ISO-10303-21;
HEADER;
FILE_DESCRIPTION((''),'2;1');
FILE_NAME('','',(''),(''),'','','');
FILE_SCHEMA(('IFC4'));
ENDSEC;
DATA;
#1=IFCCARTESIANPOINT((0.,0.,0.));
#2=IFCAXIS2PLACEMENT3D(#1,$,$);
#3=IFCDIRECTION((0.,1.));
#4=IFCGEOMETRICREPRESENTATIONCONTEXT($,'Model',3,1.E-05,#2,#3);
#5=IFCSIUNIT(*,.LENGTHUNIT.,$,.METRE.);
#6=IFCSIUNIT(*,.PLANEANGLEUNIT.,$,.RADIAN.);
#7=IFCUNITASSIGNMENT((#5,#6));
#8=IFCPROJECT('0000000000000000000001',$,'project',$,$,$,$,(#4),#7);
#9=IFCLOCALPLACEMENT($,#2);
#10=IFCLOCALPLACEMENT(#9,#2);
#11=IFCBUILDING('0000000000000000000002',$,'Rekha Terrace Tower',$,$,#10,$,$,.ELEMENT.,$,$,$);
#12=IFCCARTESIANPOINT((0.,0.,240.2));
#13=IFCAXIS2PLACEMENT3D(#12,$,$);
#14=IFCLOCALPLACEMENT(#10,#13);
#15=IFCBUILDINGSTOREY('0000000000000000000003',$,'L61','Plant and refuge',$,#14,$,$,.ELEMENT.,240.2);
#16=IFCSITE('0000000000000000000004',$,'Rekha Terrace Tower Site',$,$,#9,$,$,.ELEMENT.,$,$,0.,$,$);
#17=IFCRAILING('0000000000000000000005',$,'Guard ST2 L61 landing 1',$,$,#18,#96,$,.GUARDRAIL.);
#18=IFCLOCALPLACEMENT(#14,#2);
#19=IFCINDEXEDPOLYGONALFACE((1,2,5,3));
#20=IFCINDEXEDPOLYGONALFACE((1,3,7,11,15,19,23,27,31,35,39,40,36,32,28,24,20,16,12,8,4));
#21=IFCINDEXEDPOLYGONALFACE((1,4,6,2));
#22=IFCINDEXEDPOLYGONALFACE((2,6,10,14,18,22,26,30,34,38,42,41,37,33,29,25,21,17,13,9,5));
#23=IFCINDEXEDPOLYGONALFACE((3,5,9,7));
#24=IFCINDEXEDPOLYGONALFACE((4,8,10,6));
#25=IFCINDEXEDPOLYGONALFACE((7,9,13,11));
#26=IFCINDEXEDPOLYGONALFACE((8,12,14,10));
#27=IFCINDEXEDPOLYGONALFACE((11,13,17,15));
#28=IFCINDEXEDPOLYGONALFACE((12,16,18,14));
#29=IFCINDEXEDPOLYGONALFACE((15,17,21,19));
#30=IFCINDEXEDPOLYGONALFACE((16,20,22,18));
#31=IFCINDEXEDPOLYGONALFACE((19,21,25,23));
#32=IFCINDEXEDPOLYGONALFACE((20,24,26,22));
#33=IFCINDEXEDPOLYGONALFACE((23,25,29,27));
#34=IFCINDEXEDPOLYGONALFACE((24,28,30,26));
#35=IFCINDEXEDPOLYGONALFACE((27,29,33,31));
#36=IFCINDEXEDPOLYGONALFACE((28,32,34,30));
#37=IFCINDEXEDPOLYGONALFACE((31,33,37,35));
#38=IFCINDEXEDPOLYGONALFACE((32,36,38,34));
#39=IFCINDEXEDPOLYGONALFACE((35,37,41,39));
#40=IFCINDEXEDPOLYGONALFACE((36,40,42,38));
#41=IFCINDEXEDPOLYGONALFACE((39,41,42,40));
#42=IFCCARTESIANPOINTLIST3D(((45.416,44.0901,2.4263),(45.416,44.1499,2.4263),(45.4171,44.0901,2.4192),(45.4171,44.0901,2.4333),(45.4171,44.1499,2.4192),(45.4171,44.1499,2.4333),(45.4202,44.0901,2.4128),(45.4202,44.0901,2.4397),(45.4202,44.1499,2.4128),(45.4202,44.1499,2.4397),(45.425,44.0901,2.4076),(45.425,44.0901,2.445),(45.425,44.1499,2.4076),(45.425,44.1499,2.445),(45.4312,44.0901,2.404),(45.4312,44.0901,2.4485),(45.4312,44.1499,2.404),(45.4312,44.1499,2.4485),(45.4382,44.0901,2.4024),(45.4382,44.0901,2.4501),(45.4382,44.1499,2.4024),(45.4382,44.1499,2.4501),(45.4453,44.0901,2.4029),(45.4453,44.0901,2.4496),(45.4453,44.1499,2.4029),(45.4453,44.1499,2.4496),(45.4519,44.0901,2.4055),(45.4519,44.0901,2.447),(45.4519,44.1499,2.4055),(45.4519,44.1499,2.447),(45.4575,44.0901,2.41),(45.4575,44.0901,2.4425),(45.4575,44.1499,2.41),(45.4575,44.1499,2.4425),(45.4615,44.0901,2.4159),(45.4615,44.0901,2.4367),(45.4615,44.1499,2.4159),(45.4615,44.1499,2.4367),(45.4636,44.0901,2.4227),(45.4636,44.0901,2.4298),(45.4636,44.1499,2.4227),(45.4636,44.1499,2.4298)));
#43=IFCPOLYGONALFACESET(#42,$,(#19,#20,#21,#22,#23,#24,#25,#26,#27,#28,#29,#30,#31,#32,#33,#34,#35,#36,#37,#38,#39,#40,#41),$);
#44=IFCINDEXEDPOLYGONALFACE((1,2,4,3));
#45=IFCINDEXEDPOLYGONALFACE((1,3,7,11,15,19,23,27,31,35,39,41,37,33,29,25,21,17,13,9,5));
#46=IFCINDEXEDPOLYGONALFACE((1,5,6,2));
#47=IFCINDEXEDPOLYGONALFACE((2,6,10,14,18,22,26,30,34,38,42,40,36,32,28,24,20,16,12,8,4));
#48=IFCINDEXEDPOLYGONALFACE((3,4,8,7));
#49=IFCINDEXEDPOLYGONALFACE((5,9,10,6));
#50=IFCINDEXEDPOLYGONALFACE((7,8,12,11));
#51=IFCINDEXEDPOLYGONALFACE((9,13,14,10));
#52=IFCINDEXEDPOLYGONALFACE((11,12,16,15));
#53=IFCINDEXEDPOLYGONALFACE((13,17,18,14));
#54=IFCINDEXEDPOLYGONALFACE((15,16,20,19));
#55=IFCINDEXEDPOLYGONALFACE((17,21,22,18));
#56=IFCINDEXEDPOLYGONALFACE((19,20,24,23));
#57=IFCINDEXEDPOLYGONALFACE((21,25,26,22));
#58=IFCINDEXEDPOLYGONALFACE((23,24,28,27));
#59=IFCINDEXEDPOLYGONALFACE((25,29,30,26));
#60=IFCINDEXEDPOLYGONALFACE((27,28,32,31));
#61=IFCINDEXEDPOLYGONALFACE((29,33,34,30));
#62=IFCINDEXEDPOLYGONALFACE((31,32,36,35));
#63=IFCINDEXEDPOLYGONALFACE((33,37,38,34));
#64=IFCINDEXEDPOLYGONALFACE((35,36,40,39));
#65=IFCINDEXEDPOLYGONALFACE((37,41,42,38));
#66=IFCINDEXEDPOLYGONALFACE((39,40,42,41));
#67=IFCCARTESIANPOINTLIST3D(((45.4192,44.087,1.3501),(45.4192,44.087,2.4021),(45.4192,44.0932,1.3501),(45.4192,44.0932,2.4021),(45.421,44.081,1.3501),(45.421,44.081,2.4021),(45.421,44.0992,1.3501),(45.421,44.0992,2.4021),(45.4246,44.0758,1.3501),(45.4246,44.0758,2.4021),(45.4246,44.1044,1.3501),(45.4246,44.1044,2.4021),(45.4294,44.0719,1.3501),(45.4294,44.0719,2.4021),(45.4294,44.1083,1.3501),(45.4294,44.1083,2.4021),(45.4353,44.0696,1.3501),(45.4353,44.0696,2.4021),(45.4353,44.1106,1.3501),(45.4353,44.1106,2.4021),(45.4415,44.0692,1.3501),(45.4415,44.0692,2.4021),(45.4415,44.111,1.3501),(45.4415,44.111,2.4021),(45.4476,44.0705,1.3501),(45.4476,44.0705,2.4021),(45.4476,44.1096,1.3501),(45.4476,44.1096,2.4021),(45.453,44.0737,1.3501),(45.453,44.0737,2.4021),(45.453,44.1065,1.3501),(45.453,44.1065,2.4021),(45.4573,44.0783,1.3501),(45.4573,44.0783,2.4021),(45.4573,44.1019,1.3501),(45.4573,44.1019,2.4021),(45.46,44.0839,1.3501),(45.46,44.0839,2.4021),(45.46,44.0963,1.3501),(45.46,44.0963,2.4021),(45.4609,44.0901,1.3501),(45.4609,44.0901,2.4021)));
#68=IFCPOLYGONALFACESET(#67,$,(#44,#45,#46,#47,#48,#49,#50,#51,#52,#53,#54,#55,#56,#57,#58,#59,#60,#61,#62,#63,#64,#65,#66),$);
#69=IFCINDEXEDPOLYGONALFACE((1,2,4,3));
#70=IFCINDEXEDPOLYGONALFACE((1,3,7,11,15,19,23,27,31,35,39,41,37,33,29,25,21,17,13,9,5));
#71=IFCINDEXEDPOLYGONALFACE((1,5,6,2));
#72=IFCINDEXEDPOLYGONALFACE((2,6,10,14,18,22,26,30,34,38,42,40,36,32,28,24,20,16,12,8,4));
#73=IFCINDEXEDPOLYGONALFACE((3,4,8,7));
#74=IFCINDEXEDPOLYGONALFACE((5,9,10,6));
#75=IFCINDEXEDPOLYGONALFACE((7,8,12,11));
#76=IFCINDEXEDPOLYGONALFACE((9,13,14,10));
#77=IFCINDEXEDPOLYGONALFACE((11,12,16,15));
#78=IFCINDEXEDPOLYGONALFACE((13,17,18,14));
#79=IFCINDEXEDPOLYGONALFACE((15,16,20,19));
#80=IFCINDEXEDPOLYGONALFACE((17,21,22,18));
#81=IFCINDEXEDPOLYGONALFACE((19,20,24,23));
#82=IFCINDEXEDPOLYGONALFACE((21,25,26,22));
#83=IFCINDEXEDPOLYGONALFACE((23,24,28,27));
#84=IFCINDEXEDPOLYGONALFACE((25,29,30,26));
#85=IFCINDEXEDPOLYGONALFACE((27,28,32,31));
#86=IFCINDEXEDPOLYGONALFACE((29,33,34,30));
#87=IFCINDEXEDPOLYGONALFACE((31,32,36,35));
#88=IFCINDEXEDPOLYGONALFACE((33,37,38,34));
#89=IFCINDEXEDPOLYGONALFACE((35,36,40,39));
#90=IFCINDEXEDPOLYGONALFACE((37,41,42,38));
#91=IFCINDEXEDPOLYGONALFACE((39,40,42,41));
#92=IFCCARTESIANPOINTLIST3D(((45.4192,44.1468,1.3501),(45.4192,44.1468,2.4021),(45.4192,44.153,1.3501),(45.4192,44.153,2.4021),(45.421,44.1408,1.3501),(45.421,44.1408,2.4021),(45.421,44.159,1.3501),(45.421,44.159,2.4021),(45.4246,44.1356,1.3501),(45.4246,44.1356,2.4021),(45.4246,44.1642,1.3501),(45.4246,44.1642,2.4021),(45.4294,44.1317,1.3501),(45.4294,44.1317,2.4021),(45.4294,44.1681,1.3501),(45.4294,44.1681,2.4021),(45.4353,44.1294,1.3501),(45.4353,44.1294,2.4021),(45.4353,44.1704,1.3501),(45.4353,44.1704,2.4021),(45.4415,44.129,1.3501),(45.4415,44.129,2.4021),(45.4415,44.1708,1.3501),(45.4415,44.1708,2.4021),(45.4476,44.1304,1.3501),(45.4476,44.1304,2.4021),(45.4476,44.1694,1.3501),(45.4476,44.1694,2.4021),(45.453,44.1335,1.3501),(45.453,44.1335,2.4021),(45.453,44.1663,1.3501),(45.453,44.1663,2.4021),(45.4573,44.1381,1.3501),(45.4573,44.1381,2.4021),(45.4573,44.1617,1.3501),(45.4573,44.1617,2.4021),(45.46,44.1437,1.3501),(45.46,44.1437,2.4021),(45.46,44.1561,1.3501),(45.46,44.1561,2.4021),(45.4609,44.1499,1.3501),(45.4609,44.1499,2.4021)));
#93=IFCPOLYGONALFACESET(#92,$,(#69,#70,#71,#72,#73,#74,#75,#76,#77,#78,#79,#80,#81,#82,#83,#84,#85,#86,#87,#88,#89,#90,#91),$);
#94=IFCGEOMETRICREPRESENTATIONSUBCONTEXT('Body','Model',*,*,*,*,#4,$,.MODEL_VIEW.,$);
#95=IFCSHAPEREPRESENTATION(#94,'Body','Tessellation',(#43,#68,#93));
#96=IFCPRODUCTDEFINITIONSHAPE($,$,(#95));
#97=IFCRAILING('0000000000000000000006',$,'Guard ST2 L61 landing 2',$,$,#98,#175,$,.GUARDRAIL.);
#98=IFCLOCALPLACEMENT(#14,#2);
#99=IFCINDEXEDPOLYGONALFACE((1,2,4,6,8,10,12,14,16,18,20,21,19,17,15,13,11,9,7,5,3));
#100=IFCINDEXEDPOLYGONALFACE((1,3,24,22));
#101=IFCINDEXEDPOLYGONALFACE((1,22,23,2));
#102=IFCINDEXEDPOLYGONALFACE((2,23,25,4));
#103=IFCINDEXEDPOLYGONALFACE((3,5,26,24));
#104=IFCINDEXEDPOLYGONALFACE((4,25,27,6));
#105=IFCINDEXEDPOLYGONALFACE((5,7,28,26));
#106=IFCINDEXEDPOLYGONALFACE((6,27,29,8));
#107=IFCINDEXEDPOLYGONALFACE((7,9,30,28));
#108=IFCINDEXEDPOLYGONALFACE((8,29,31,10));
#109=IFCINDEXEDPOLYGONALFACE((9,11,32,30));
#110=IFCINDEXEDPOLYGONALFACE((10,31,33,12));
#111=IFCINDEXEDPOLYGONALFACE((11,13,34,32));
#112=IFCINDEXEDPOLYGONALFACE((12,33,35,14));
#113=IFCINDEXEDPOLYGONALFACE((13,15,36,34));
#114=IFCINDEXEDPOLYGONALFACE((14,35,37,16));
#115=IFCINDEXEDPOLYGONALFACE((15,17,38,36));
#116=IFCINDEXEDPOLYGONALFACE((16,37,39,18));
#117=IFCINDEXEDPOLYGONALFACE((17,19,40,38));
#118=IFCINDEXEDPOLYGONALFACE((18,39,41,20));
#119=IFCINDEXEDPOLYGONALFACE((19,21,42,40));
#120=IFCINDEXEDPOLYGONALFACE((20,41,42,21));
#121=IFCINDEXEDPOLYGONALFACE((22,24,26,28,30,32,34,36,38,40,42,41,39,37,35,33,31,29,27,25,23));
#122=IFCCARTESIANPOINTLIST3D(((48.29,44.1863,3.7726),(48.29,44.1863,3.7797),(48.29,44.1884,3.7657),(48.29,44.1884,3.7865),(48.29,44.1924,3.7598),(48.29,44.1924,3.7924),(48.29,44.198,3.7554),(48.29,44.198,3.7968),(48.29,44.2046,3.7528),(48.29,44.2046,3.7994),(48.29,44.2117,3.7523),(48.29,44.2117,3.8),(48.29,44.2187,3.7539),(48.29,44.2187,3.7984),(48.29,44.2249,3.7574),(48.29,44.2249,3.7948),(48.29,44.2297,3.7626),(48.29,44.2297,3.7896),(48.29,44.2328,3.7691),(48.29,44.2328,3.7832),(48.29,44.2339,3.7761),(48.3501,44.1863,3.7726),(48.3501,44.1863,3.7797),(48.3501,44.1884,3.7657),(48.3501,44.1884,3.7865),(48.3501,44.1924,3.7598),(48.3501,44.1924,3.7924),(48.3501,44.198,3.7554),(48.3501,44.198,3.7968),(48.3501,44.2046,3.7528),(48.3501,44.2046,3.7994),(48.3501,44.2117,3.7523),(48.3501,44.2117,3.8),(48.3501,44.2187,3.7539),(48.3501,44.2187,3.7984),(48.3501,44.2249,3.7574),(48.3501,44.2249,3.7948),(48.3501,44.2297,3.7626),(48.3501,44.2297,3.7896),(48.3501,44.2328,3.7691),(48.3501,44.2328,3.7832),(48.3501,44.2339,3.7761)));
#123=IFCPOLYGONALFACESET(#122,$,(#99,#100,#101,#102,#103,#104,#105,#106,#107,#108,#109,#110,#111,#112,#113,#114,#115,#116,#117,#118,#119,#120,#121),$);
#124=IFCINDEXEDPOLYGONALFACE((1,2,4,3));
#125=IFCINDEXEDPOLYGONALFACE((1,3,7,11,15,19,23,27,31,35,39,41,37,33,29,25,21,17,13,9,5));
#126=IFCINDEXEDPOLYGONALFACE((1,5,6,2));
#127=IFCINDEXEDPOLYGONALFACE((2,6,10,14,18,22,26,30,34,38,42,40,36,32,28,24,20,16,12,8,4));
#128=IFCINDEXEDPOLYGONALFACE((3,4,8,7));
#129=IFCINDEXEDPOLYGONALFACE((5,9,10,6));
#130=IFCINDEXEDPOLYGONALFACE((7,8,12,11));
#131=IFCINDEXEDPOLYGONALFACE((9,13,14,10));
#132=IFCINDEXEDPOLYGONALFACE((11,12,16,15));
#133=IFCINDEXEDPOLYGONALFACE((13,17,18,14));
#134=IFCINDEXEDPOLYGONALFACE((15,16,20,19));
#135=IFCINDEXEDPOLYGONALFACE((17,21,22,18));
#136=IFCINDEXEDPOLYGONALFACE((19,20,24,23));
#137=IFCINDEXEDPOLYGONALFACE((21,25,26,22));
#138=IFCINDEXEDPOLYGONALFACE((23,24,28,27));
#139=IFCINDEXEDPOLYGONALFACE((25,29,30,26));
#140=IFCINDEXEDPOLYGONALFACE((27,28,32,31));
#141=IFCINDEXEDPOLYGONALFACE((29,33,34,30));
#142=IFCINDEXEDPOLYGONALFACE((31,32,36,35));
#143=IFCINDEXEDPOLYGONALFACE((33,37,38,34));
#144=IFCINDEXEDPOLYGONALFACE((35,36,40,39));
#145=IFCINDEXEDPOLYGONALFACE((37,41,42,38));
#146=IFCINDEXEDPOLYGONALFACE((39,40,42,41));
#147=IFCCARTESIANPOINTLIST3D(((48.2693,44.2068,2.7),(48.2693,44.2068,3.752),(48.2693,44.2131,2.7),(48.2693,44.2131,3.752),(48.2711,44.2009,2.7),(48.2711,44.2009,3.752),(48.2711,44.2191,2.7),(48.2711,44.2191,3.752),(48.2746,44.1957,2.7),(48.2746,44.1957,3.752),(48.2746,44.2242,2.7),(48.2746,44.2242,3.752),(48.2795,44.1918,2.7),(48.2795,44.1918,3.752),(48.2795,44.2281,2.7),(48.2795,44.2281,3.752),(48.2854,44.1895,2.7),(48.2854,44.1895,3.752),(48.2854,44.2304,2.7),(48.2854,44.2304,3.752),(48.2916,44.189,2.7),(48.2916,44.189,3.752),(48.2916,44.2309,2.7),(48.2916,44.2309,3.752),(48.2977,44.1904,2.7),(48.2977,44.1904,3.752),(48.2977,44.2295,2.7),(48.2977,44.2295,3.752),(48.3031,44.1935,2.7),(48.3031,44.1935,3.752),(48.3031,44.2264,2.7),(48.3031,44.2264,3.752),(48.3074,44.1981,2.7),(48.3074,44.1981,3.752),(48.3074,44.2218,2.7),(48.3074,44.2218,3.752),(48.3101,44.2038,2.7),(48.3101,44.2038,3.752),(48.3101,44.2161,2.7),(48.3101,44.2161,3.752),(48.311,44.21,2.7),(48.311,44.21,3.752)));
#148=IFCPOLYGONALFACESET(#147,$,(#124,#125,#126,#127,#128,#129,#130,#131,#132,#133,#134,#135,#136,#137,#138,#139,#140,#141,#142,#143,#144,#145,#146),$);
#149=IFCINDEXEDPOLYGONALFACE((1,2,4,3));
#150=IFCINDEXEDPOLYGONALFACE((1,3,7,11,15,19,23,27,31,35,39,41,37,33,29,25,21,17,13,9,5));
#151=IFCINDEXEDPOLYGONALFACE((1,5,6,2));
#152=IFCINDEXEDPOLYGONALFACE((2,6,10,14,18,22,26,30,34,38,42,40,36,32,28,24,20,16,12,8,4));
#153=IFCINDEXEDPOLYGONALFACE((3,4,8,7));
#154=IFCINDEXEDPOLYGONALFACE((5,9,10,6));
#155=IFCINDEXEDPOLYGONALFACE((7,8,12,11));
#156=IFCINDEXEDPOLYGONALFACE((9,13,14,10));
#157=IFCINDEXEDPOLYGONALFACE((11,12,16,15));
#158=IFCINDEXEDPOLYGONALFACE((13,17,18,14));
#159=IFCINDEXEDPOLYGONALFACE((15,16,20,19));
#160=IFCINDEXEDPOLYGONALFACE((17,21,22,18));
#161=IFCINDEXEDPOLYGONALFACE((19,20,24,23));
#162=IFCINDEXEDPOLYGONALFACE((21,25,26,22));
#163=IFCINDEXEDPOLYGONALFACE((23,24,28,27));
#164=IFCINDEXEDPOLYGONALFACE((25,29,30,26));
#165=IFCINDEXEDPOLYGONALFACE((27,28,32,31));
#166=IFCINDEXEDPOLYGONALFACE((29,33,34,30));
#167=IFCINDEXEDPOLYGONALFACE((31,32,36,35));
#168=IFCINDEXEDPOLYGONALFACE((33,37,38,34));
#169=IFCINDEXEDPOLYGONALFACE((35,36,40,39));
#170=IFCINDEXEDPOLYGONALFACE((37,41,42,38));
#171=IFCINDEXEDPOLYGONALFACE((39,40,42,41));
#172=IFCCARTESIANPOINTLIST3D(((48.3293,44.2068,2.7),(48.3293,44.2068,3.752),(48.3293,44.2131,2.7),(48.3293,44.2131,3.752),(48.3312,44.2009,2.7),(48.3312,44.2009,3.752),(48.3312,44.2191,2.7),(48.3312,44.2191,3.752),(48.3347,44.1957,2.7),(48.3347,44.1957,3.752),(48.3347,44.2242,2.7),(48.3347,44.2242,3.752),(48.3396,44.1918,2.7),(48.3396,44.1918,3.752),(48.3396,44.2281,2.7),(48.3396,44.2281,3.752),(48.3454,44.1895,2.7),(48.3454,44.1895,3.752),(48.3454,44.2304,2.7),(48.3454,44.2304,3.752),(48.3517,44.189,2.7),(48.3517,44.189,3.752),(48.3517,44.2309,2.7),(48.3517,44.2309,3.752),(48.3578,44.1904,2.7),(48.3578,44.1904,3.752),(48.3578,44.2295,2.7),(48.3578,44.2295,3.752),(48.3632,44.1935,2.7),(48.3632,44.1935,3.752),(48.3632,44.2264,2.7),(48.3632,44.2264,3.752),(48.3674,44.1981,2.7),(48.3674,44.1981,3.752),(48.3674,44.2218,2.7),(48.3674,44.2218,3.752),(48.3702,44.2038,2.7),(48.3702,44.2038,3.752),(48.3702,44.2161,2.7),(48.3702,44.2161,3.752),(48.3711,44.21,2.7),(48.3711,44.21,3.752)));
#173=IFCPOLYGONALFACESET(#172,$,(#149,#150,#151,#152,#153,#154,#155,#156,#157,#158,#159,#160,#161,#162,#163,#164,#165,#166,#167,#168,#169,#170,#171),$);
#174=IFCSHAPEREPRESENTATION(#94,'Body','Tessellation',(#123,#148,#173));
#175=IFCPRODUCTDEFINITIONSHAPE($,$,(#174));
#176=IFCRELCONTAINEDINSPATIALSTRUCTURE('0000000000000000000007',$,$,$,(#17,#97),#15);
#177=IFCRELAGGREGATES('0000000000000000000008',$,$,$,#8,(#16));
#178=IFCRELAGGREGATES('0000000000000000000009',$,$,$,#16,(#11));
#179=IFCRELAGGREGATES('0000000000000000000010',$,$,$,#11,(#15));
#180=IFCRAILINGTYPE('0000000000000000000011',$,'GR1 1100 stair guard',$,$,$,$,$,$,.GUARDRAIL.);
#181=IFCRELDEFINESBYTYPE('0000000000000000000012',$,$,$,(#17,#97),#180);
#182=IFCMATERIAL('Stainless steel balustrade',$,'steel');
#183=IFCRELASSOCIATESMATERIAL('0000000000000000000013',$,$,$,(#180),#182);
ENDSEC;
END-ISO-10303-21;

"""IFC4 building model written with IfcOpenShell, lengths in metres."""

from ifc_helpers import new_model, si_unit, direction, frame, origin, origin_2d, place, context, subcontext, project, spatial, circle, extrude, material, type_object, element, save


model = new_model("IFC4")

# Units and contexts
model_context = context("Model", 3, precision=1e-05, world=origin(), true_north=direction((0.0, 1.0)))
body_context = subcontext(model_context, "Body", "Model", "MODEL_VIEW")
ifc_project = project(units=[si_unit("LENGTHUNIT", "METRE"), si_unit("PLANEANGLEUNIT", "RADIAN")], contexts=[model_context])

# Site, building, storey
site_placement = place(None, origin())
site = spatial("IfcSite", under=ifc_project, at=site_placement, Name="Rekha Terrace Tower Site", CompositionType="ELEMENT", RefElevation=0.0)
building_placement = place(site_placement, origin())
building = spatial("IfcBuilding", under=site, at=building_placement, Name="Rekha Terrace Tower", CompositionType="ELEMENT")
storey_placement = place(building_placement, frame((0.0, 0.0, 240.2)))
storey = spatial("IfcBuildingStorey", under=building, at=storey_placement, Name="L61", Description="Plant and refuge", CompositionType="ELEMENT", Elevation=240.2)

# Railings
ifc_material_1 = material(Name="Stainless steel balustrade", Category="steel")
railing_type_1 = type_object("IfcRailingType", Name="GR1 1100 stair guard", PredefinedType="GUARDRAIL", material=ifc_material_1)
railing_1_placement = place(storey_placement, frame((45.4399, 44.0901, 1.3501)))
element("IfcRailing", 1, at=railing_1_placement, inside=storey, type_object=railing_type_1, Name="Guard ST2 L61 landing 1", PredefinedType="GUARDRAIL", context=body_context, shape_type="SweptSolid", body=[
    extrude(circle(Radius=0.0239, at=origin_2d()), frame((0.0, 0.0, 1.0762), z_axis=(0.0, 1.0, 0.0), x_axis=(-1.0, 0.0, 0.0)), (0.0, 0.0, 1.0), 0.0598),
    extrude(circle(Radius=0.021, at=origin_2d()), origin(), (0.0, 0.0, 1.0), 1.052),
    extrude(circle(Radius=0.021, at=origin_2d()), frame((0.0, 0.0598, 0.0)), (0.0, 0.0, 1.0), 1.052),
])
for number, where, name in (
    (2, (48.29, 44.21, 2.7), "Guard ST2 L61 landing 2"),
):
    element("IfcRailing", number, at=place(storey_placement, frame(where)), inside=storey, type_object=railing_type_1, Name=name, PredefinedType="GUARDRAIL", context=body_context, shape_type="SweptSolid", body=[
        extrude(circle(Radius=0.0239, at=origin_2d()), frame((0.0, 0.0, 1.0762), z_axis=(1.0, 0.0, 0.0), x_axis=(0.0, 1.0, 0.0)), (0.0, 0.0, 1.0), 0.0601),
        extrude(circle(Radius=0.021, at=origin_2d()), origin(), (0.0, 0.0, 1.0), 1.052),
        extrude(circle(Radius=0.021, at=origin_2d()), frame((0.0601, 0.0, 0.0)), (0.0, 0.0, 1.0), 1.052),
    ])

save(model, "model.ifc")
